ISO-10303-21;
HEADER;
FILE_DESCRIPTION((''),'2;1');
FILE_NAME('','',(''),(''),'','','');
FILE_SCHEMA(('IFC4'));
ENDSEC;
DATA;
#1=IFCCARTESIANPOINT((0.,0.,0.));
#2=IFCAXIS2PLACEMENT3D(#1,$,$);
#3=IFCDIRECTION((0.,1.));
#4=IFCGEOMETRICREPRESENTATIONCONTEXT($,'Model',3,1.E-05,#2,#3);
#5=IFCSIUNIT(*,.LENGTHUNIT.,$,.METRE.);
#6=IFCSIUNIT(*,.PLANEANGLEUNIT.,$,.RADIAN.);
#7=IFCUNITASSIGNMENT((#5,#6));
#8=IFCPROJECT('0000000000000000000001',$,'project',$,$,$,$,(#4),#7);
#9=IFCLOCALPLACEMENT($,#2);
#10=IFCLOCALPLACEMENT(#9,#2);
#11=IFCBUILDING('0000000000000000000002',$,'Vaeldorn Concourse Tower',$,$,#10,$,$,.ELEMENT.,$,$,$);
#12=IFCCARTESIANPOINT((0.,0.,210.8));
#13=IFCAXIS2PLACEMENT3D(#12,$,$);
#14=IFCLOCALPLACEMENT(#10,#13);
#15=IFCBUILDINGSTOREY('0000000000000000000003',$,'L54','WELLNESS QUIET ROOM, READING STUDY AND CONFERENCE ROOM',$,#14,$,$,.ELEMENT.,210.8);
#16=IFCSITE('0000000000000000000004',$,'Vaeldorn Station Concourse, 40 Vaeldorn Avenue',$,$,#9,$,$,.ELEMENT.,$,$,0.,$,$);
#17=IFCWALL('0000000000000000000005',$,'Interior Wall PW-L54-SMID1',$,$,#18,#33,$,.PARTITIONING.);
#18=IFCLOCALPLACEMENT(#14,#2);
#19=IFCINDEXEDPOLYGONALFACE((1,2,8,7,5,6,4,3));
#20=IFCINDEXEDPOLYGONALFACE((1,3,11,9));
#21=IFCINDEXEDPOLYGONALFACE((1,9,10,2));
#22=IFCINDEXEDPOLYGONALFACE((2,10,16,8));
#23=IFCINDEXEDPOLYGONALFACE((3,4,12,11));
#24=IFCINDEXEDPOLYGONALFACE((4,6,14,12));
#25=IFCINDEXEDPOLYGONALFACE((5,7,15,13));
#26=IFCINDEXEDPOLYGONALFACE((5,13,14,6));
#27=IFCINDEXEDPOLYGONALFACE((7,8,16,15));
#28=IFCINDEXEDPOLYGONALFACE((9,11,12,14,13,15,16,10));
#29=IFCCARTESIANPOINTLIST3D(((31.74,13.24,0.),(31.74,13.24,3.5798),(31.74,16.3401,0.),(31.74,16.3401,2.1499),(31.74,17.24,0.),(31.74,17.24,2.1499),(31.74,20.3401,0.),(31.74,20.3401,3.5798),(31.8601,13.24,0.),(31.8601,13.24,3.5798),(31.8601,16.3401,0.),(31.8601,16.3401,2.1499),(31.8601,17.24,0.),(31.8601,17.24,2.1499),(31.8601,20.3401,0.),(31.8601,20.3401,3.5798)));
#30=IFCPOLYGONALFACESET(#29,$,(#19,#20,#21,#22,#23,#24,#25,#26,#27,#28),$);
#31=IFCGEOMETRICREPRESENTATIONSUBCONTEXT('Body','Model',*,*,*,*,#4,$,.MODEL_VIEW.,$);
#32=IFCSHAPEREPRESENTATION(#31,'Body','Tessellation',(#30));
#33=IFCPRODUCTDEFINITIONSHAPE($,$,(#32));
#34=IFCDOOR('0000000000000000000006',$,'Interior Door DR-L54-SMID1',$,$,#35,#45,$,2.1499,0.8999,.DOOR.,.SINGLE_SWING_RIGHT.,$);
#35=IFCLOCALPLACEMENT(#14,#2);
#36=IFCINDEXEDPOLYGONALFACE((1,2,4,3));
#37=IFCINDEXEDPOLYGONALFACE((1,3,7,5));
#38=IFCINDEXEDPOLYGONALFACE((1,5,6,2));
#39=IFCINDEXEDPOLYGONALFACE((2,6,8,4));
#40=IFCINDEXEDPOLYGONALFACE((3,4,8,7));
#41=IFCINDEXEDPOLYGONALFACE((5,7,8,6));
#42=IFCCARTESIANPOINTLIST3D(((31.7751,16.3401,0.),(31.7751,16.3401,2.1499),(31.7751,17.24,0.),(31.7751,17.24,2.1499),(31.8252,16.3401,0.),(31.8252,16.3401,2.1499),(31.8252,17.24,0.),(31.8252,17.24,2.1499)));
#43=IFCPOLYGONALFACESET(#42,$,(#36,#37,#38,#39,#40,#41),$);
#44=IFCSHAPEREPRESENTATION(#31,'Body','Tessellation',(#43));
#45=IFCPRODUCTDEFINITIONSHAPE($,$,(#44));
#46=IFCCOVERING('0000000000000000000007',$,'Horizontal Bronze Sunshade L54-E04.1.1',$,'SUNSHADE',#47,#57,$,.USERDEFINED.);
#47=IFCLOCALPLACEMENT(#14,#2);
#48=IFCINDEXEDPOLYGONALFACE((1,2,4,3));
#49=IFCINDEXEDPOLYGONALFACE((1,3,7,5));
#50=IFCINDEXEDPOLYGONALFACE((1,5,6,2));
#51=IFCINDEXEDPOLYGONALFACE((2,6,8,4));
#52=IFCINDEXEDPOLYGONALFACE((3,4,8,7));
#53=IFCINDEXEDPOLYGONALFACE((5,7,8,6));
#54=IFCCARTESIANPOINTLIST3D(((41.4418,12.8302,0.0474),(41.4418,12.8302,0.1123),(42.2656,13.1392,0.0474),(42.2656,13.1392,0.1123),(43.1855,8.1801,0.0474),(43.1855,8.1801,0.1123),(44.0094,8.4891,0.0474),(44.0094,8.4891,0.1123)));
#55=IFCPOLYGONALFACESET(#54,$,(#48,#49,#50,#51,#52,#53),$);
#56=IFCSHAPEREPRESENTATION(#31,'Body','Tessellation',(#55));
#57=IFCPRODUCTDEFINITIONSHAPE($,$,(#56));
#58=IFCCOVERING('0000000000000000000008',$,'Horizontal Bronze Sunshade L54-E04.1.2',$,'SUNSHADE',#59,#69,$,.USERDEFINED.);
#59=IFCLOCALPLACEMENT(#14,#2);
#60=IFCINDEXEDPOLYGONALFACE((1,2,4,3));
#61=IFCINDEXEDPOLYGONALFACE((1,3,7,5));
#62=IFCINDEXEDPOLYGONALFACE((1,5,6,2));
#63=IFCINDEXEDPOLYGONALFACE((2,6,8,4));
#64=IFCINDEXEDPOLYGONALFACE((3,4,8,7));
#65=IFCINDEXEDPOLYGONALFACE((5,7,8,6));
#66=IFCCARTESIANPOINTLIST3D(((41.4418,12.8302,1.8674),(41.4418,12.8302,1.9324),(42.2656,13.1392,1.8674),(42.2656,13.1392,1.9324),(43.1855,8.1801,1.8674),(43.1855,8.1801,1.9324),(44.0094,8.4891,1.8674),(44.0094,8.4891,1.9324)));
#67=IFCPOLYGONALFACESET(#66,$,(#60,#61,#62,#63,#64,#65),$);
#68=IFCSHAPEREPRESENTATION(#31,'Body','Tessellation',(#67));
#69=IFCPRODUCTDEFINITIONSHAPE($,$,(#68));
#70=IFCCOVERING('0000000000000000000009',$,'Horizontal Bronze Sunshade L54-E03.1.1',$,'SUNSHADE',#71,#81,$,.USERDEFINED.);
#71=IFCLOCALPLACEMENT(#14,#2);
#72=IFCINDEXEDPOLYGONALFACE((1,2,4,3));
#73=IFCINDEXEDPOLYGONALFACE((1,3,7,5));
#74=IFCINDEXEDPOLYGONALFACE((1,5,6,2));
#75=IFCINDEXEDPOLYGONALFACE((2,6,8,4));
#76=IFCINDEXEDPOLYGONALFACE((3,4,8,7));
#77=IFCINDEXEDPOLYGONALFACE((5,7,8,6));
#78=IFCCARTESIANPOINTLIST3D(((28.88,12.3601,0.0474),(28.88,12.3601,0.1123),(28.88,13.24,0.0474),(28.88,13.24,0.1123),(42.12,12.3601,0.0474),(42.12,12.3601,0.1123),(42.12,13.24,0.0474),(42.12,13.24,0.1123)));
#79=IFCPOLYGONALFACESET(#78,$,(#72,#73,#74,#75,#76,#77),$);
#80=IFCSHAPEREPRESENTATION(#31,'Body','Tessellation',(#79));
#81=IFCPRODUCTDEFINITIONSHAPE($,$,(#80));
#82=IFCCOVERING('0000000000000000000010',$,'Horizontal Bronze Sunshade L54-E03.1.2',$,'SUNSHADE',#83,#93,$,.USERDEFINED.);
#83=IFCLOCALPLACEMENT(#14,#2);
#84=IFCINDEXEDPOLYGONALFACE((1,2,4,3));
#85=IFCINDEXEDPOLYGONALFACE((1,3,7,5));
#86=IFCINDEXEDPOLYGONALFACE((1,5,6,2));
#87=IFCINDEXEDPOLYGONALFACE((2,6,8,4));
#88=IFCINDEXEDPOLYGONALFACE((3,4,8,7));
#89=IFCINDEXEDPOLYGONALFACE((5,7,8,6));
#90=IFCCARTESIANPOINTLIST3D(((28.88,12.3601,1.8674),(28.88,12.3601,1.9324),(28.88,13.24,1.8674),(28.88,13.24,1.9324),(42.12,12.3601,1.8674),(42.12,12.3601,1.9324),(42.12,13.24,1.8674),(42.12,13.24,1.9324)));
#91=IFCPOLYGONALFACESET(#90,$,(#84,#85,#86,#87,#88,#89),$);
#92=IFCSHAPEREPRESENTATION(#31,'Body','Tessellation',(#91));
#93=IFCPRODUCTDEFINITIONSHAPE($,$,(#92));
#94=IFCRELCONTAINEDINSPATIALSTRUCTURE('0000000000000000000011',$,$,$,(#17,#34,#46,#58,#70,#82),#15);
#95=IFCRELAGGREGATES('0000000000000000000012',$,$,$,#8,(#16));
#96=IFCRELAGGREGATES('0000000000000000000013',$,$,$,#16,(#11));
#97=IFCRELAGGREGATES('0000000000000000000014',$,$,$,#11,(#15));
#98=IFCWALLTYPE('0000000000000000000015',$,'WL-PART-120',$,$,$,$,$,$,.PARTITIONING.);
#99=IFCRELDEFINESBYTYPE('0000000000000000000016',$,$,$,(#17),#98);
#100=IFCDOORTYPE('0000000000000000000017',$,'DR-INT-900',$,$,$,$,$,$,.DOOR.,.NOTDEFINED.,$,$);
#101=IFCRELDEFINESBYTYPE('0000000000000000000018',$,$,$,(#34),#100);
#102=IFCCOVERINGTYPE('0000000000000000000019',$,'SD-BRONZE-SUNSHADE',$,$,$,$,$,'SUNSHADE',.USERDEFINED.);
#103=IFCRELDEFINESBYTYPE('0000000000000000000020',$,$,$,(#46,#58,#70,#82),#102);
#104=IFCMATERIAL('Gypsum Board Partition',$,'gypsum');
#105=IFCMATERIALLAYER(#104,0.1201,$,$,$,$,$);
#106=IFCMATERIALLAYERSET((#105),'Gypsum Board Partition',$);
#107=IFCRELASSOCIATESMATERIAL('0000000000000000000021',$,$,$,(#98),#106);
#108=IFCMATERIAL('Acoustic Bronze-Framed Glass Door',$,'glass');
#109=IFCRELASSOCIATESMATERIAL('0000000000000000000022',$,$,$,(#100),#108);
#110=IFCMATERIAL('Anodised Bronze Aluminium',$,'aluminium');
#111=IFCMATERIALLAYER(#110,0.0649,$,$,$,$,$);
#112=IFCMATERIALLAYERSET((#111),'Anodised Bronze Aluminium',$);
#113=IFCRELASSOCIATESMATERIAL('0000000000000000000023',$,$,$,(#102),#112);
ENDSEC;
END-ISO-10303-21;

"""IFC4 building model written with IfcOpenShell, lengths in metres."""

from ifc_helpers import new_model, si_unit, direction, frame, frame_2d, origin, origin_2d, place, context, subcontext, project, spatial, rectangle, extrude, source, transform, mapped, material, layer, layer_set, type_object, element, fill, save


model = new_model("IFC4")

# Units and contexts
model_context = context("Model", 3, precision=1e-05, world=origin(), true_north=direction((0.0, 1.0)))
body_context = subcontext(model_context, "Body", "Model", "MODEL_VIEW")
ifc_project = project(units=[si_unit("LENGTHUNIT", "METRE"), si_unit("PLANEANGLEUNIT", "RADIAN")], contexts=[model_context])

# Site, building, storey
site_placement = place(None, origin())
site = spatial("IfcSite", under=ifc_project, at=site_placement, Name="Vaeldorn Station Concourse, 40 Vaeldorn Avenue", CompositionType="ELEMENT", RefElevation=0.0)
building_placement = place(site_placement, origin())
building = spatial("IfcBuilding", under=site, at=building_placement, Name="Vaeldorn Concourse Tower", CompositionType="ELEMENT")
storey_placement = place(building_placement, frame((0.0, 0.0, 210.8)))
storey = spatial("IfcBuildingStorey", under=building, at=storey_placement, Name="L54", Description="WELLNESS QUIET ROOM, READING STUDY AND CONFERENCE ROOM", CompositionType="ELEMENT", Elevation=210.8)

# Shared definitions
ifc_material_1 = material(Name="Anodised Bronze Aluminium", Category="aluminium")

# Wall, opening, door
ifc_material_2 = material(Name="Gypsum Board Partition", Category="gypsum")
ifc_layer_1 = layer(ifc_material_2, 0.1201)
ifc_layer_set_1 = layer_set([ifc_layer_1], Name="Gypsum Board Partition")
wall_type = type_object("IfcWallType", Name="WL-PART-120", PredefinedType="PARTITIONING", material=ifc_layer_set_1)
wall_placement = place(storey_placement, frame((31.8, 13.24, 0.0), z_axis=(0.0, 0.0, 1.0), x_axis=(0.0, 1.0, 0.0)))
wall = element("IfcWall", 1, at=wall_placement, inside=storey, type_object=wall_type, Name="Interior Wall PW-L54-SMID1", PredefinedType="PARTITIONING", context=body_context, shape_type="SweptSolid", body=[
    extrude(rectangle(XDim=7.1001, YDim=0.1201, at=frame_2d((3.55, 0.0))), origin(), (0.0, 0.0, 1.0), 3.5798),
])
opening_placement = place(wall_placement, frame((3.1001, 0.0, 0.0)))
opening = element("IfcOpeningElement", 2, at=opening_placement, cuts=wall, PredefinedType="OPENING", context=body_context, shape_type="SweptSolid", body=[
    extrude(rectangle(XDim=0.8999, YDim=2.1499, at=frame_2d((0.45, 1.075))), frame((0.0, 0.0701, 0.0), z_axis=(0.0, -1.0, 0.0), x_axis=(1.0, 0.0, 0.0)), (0.0, 0.0, 1.0), 0.1401),
])
ifc_material_3 = material(Name="Acoustic Bronze-Framed Glass Door", Category="glass")
door_type = type_object("IfcDoorType", Name="DR-INT-900", OperationType="NOTDEFINED", PredefinedType="DOOR", material=ifc_material_3)
shared_shape_1 = source(origin(), body_context, "Body", "SweptSolid", [
    extrude(rectangle(XDim=0.8999, YDim=2.1499, at=frame_2d((0.45, 1.075))), frame((0.0, 0.0249, 0.0), z_axis=(0.0, -1.0, 0.0), x_axis=(1.0, 0.0, 0.0)), (0.0, 0.0, 1.0), 0.05),
])
door_placement = place(opening_placement, origin())
door = element("IfcDoor", 3, at=door_placement, inside=storey, type_object=door_type, Name="Interior Door DR-L54-SMID1", OperationType="SINGLE_SWING_RIGHT", OverallHeight=2.1499, OverallWidth=0.8999, PredefinedType="DOOR", context=body_context, shape_type="MappedRepresentation", body=[
    mapped(shared_shape_1, transform((0.0, 0.0, 0.0), scale=1.0)),
])
fill(opening, door)

# Coverings
ifc_layer_2 = layer(ifc_material_1, 0.0649)
ifc_layer_set_2 = layer_set([ifc_layer_2], Name="Anodised Bronze Aluminium")
covering_type = type_object("IfcCoveringType", Name="SD-BRONZE-SUNSHADE", ElementType="SUNSHADE", PredefinedType="USERDEFINED", material=ifc_layer_set_2)
shared_shape_2 = source(origin(), body_context, "Body", "SweptSolid", [
    extrude(rectangle(XDim=4.9663, YDim=0.8799, at=origin_2d()), origin(), (0.0, 0.0, 1.0), 0.0649),
])
for number, where, z_axis, x_axis, name in (
    (4, (42.7256, 10.6597, 0.0474), (0.0, 0.0, 1.0), (0.351123, -0.936329, 0.0), "Horizontal Bronze Sunshade L54-E04.1.1"),
    (5, (42.7256, 10.6597, 1.8674), (0.0, 0.0, 1.0), (0.351123, -0.936329, 0.0), "Horizontal Bronze Sunshade L54-E04.1.2"),
):
    element("IfcCovering", number, at=place(storey_placement, frame(where, z_axis=z_axis, x_axis=x_axis)), inside=storey, type_object=covering_type, Name=name, ObjectType="SUNSHADE", PredefinedType="USERDEFINED", context=body_context, shape_type="MappedRepresentation", body=[
        mapped(shared_shape_2, transform((0.0, 0.0, 0.0), scale=1.0)),
    ])
shared_shape_3 = source(origin(), body_context, "Body", "SweptSolid", [
    extrude(rectangle(XDim=13.24, YDim=0.8799, at=origin_2d()), origin(), (0.0, 0.0, 1.0), 0.0649),
])
for number, where, z_axis, x_axis, name in (
    (6, (35.5, 12.8, 0.0474), (0.0, 0.0, 1.0), (1.0, 0.0, 0.0), "Horizontal Bronze Sunshade L54-E03.1.1"),
    (7, (35.5, 12.8, 1.8674), (0.0, 0.0, 1.0), (1.0, 0.0, 0.0), "Horizontal Bronze Sunshade L54-E03.1.2"),
):
    element("IfcCovering", number, at=place(storey_placement, frame(where, z_axis=z_axis, x_axis=x_axis)), inside=storey, type_object=covering_type, Name=name, ObjectType="SUNSHADE", PredefinedType="USERDEFINED", context=body_context, shape_type="MappedRepresentation", body=[
        mapped(shared_shape_3, transform((0.0, 0.0, 0.0), scale=1.0)),
    ])

save(model, "model.ifc")
